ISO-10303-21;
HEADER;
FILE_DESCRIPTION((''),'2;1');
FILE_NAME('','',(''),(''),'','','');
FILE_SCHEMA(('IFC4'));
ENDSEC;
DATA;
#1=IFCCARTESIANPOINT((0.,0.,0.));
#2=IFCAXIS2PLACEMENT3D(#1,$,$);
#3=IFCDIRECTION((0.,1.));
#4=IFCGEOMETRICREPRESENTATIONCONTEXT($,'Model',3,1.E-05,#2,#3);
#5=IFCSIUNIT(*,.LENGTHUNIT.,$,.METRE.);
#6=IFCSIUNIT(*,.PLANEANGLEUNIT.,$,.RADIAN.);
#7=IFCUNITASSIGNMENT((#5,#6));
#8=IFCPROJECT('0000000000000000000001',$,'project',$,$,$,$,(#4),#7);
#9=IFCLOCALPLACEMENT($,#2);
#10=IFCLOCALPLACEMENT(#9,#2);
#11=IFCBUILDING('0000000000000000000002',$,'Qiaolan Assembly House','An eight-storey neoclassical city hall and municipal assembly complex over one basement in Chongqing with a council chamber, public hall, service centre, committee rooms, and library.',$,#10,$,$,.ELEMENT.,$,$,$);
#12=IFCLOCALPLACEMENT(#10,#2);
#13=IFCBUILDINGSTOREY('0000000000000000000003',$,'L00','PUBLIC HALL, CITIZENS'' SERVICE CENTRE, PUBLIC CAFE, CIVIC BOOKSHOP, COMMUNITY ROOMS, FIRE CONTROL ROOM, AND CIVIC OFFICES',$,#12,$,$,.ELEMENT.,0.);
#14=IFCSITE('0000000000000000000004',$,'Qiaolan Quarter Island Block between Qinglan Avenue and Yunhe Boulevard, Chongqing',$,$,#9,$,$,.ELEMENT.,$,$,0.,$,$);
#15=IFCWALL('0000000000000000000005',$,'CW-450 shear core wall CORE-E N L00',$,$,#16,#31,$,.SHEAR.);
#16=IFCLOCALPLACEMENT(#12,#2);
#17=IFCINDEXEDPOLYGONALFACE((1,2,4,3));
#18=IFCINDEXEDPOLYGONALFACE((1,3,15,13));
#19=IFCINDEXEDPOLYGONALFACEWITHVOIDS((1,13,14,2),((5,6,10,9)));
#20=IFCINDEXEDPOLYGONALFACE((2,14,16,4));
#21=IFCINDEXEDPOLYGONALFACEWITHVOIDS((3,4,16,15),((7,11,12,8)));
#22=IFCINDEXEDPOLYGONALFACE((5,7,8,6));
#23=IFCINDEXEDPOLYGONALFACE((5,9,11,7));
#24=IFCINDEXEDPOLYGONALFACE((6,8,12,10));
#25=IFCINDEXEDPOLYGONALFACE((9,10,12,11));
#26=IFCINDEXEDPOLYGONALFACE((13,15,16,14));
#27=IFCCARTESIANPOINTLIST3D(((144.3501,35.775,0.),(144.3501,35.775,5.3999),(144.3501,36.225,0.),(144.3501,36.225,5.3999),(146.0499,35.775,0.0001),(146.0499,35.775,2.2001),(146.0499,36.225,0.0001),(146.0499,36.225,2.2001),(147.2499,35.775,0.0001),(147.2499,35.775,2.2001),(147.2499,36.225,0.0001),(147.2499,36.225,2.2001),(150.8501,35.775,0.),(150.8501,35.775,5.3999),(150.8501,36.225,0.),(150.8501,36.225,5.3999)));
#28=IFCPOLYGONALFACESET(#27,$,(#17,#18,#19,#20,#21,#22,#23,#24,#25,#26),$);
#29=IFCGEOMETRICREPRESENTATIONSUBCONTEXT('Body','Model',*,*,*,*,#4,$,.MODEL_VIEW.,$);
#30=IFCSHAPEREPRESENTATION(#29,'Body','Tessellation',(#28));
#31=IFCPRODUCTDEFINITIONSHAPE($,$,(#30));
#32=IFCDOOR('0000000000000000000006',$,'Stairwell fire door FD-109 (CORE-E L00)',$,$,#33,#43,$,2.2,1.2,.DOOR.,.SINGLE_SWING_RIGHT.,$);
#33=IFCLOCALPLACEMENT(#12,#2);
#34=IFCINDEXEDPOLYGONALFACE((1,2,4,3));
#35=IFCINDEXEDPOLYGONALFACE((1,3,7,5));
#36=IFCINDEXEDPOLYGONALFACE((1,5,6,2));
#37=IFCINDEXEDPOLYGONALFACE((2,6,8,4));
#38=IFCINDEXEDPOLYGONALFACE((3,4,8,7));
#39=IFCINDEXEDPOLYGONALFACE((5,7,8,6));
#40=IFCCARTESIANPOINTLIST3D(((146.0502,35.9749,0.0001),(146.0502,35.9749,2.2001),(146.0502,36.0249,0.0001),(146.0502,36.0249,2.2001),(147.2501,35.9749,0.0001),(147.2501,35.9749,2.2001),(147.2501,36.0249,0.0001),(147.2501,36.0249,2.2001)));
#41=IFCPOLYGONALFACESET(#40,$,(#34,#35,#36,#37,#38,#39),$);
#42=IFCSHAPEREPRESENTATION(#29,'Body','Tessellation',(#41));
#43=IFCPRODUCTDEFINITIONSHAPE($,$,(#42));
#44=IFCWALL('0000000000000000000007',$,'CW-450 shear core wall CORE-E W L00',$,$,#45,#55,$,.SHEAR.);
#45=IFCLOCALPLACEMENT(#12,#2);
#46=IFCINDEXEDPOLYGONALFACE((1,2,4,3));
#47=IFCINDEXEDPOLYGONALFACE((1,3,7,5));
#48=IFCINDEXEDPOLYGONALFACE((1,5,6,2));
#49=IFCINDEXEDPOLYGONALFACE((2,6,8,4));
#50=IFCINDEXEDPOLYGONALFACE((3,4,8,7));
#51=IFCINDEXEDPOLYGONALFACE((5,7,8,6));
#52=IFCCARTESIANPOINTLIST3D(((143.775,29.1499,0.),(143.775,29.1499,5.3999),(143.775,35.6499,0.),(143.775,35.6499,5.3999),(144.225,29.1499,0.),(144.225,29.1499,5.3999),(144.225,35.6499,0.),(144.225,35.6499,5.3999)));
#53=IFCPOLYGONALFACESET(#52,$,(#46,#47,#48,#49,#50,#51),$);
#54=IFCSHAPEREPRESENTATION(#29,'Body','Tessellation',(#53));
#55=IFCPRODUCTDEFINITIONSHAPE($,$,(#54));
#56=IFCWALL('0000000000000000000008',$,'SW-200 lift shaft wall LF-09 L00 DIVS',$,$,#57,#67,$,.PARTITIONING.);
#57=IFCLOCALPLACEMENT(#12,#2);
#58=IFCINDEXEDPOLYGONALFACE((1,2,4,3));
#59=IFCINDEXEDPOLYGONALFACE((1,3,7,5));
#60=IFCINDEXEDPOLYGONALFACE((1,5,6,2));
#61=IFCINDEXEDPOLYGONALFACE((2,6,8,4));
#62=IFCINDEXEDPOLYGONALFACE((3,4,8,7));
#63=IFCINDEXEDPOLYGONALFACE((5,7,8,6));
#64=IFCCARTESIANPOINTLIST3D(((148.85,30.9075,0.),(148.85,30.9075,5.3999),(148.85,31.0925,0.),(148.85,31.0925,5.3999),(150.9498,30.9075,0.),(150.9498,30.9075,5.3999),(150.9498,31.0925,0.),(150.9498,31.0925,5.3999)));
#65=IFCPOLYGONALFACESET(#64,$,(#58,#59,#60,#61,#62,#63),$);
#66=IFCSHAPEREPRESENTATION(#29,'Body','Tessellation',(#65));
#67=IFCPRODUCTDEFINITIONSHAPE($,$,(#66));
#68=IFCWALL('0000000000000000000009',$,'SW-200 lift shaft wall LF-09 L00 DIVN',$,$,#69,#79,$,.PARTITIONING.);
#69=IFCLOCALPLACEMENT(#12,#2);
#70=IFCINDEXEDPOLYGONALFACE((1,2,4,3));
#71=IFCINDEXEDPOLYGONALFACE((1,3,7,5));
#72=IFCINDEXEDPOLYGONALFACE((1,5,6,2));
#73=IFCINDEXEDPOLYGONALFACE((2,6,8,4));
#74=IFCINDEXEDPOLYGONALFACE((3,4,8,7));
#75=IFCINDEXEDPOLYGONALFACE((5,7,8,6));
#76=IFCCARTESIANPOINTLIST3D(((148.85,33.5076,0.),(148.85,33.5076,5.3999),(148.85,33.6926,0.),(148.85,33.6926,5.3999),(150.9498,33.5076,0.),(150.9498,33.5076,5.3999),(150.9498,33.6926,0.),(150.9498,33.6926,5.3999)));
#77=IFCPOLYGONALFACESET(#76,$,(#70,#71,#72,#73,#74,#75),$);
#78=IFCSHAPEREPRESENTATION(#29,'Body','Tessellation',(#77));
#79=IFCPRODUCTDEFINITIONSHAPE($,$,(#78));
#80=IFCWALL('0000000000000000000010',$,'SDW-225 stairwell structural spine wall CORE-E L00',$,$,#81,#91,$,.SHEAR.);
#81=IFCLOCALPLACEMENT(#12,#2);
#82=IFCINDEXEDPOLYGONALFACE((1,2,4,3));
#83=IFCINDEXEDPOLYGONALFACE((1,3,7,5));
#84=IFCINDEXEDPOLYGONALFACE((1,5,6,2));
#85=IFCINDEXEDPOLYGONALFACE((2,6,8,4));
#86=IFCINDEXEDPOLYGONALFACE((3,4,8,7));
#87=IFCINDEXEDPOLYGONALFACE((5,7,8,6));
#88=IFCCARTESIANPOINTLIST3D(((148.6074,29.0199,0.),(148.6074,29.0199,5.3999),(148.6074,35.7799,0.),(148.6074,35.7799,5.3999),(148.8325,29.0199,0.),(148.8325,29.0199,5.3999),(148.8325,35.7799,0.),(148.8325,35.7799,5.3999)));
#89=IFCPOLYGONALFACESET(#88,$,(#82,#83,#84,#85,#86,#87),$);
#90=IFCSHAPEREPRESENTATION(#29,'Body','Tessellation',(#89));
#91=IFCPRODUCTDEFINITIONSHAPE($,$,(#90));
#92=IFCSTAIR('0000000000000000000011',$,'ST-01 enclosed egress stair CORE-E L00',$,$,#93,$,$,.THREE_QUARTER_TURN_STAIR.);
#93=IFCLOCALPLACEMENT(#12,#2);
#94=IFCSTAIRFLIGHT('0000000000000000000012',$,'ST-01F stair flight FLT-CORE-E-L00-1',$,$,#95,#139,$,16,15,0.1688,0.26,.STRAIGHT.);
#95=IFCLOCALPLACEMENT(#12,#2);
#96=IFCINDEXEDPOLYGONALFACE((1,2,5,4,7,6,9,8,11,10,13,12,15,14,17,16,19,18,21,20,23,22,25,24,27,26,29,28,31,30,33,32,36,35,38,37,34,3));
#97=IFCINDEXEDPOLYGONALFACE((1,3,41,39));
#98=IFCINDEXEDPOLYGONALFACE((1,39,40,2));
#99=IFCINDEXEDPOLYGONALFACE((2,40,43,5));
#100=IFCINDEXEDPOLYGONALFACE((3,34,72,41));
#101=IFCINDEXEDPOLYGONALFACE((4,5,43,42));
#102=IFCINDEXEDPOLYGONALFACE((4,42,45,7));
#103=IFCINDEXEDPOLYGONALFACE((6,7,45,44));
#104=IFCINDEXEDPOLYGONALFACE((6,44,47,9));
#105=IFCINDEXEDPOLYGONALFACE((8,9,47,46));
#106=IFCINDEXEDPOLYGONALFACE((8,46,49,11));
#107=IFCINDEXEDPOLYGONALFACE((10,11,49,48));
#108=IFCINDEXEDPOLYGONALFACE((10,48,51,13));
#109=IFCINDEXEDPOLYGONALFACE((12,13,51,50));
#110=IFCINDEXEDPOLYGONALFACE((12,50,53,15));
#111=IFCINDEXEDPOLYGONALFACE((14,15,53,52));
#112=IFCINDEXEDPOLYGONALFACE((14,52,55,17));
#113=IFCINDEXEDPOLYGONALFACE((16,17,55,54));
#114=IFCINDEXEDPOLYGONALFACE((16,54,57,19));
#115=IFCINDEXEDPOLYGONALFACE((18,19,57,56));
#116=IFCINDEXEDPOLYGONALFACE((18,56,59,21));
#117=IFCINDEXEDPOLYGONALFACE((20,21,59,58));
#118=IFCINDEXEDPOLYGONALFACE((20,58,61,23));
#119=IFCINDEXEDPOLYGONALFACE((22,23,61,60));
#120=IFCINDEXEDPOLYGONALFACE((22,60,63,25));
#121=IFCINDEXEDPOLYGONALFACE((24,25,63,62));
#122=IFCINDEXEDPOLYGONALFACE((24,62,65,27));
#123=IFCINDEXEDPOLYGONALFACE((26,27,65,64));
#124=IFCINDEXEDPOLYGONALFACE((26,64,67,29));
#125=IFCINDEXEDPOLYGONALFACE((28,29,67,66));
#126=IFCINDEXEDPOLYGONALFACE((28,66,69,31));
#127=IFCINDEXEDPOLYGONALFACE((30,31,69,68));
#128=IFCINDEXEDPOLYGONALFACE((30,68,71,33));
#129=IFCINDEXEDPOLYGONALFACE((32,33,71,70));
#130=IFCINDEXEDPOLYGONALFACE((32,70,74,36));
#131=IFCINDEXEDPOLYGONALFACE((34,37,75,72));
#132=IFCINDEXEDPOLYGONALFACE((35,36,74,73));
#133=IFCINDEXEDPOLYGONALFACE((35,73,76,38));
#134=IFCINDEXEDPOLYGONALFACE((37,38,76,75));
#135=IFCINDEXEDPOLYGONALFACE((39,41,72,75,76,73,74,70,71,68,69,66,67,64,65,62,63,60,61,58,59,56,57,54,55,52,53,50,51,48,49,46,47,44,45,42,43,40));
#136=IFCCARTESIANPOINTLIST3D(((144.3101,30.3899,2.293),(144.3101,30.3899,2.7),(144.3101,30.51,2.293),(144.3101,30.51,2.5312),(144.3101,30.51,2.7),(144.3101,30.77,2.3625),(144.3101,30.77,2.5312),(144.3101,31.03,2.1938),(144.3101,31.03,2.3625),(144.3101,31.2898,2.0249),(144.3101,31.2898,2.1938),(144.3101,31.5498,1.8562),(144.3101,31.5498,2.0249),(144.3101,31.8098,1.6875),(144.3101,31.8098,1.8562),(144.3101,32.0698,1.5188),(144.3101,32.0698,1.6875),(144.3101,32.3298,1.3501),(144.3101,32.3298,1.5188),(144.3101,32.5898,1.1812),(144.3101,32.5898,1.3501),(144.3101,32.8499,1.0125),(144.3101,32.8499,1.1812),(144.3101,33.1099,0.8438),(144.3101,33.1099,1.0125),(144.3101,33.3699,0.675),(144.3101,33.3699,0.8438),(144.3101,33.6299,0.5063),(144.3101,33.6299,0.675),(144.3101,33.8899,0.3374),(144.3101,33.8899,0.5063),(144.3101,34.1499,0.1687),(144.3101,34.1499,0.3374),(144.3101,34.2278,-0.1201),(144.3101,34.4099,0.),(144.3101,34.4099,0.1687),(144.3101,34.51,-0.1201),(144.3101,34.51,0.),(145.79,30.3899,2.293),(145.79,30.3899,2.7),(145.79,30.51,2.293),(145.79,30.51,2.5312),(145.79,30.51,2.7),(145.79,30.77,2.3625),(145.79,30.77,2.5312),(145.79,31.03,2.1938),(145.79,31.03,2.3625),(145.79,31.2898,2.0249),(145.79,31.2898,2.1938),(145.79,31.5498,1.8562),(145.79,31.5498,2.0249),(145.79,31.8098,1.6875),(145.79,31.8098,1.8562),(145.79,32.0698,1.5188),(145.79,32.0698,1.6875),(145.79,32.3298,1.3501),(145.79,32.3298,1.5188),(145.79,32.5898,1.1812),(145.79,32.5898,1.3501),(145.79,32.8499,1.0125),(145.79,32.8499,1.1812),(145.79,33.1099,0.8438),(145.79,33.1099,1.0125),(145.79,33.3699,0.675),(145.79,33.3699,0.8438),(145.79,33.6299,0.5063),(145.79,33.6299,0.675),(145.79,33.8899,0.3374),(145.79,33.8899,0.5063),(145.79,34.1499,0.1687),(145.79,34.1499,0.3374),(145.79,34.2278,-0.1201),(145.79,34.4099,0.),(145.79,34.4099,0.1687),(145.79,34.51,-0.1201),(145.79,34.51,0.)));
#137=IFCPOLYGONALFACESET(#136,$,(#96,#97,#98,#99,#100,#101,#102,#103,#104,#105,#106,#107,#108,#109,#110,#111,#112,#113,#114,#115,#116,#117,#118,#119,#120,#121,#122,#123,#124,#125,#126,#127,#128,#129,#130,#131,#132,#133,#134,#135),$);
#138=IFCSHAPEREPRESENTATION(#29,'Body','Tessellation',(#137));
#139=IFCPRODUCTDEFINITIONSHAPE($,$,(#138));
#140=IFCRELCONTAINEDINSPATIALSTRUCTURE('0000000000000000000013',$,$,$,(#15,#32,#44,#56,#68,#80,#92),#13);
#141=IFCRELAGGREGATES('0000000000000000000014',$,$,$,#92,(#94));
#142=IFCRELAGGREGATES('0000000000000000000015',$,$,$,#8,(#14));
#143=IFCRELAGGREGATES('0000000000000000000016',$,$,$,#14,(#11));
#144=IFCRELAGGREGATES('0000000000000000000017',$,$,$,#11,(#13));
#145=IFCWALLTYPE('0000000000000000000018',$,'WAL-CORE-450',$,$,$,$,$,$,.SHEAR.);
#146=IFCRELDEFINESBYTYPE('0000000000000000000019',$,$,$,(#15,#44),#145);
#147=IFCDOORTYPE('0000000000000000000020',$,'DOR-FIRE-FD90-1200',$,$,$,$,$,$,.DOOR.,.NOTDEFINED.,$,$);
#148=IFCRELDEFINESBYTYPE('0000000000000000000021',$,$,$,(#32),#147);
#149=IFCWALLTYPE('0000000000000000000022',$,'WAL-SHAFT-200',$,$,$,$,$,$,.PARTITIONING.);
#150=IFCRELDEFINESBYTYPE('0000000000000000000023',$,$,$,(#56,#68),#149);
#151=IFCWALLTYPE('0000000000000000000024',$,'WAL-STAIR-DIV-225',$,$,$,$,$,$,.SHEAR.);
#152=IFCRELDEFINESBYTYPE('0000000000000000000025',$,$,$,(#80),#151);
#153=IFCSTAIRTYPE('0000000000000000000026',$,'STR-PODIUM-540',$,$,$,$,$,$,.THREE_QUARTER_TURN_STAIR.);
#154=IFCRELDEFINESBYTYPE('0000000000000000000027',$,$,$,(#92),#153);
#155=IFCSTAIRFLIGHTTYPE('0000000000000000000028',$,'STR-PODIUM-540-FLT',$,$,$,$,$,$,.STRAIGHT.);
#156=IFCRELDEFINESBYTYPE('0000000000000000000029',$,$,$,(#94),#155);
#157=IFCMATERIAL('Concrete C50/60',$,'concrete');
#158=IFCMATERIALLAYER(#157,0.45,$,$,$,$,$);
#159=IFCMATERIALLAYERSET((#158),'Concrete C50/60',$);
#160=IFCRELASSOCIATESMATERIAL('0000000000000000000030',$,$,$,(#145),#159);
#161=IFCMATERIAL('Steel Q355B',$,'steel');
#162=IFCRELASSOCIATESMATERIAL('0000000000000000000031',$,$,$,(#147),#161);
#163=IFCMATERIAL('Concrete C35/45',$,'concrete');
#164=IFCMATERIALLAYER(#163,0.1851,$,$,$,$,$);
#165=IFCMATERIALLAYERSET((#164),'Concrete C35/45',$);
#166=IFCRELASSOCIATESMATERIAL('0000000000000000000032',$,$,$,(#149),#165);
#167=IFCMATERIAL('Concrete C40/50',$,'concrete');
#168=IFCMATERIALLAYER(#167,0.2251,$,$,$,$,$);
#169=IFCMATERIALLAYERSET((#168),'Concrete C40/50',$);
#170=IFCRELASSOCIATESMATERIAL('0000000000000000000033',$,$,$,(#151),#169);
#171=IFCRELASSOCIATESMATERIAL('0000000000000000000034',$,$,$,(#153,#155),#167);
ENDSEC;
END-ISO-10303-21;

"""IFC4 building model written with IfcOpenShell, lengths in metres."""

from ifc_helpers import new_model, si_unit, direction, frame, frame_2d, origin, place, context, subcontext, project, spatial, polyline, rectangle, outline, extrude, material, layer, layer_set, type_object, element, fill, aggregate, save


model = new_model("IFC4")

# Units and contexts
model_context = context("Model", 3, precision=1e-05, world=origin(), true_north=direction((0.0, 1.0)))
body_context = subcontext(model_context, "Body", "Model", "MODEL_VIEW")
ifc_project = project(units=[si_unit("LENGTHUNIT", "METRE"), si_unit("PLANEANGLEUNIT", "RADIAN")], contexts=[model_context])

# Site, building, storey
site_placement = place(None, origin())
site = spatial("IfcSite", under=ifc_project, at=site_placement, Name="Qiaolan Quarter Island Block between Qinglan Avenue and Yunhe Boulevard, Chongqing", CompositionType="ELEMENT", RefElevation=0.0)
building_placement = place(site_placement, origin())
building = spatial("IfcBuilding", under=site, at=building_placement, Name="Qiaolan Assembly House", Description="An eight-storey neoclassical city hall and municipal assembly complex over one basement in Chongqing with a council chamber, public hall, service centre, committee rooms, and library.", CompositionType="ELEMENT")
storey_placement = place(building_placement, origin())
storey = spatial("IfcBuildingStorey", under=building, at=storey_placement, Name="L00", Description="PUBLIC HALL, CITIZENS' SERVICE CENTRE, PUBLIC CAFE, CIVIC BOOKSHOP, COMMUNITY ROOMS, FIRE CONTROL ROOM, AND CIVIC OFFICES", CompositionType="ELEMENT", Elevation=0.0)

# Shared definitions
ifc_material_1 = material(Name="Concrete C50/60", Category="concrete")

# Shared definitions
ifc_material_2 = material(Name="Concrete C40/50", Category="concrete")

# Shared definitions
ifc_layer_1 = layer(ifc_material_1, 0.45)
ifc_layer_set_1 = layer_set([ifc_layer_1], Name="Concrete C50/60")
wall_type_1 = type_object("IfcWallType", Name="WAL-CORE-450", PredefinedType="SHEAR", material=ifc_layer_set_1)

# Wall, opening, door
wall_1_placement = place(storey_placement, frame((150.8501, 36.0, 0.0), z_axis=(0.0, 0.0, 1.0), x_axis=(-1.0, 0.0, 0.0)))
wall_1 = element("IfcWall", 1, at=wall_1_placement, inside=storey, type_object=wall_type_1, Name="CW-450 shear core wall CORE-E N L00", PredefinedType="SHEAR", context=body_context, shape_type="SweptSolid", body=[
    extrude(rectangle(XDim=6.5, YDim=0.45, at=frame_2d((3.25, 0.0))), origin(), (0.0, 0.0, 1.0), 5.3999),
])
opening_1_placement = place(wall_1_placement, frame((3.6001, 0.0, 0.0)))
opening_1 = element("IfcOpeningElement", 2, at=opening_1_placement, cuts=wall_1, PredefinedType="OPENING", context=body_context, shape_type="SweptSolid", body=[
    extrude(rectangle(XDim=1.2, YDim=2.2, at=frame_2d((0.6001, 1.1001))), frame((0.0, 0.2349, 0.0), z_axis=(0.0, -1.0, 0.0), x_axis=(1.0, 0.0, 0.0)), (0.0, 0.0, 1.0), 0.47),
])
ifc_material_3 = material(Name="Steel Q355B", Category="steel")
door_type_1 = type_object("IfcDoorType", Name="DOR-FIRE-FD90-1200", OperationType="NOTDEFINED", PredefinedType="DOOR", material=ifc_material_3)
door_1_placement = place(opening_1_placement, frame((1.2, 0.0, 0.0), z_axis=(0.0, 0.0, 1.0), x_axis=(-1.0, 0.0, 0.0)))
door_1 = element("IfcDoor", 3, at=door_1_placement, inside=storey, type_object=door_type_1, Name="Stairwell fire door FD-109 (CORE-E L00)", OperationType="SINGLE_SWING_RIGHT", OverallHeight=2.2, OverallWidth=1.2, PredefinedType="DOOR", context=body_context, shape_type="SweptSolid", body=[
    extrude(rectangle(XDim=1.2, YDim=2.2, at=frame_2d((0.6001, 1.1001))), frame((0.0, 0.0249, 0.0), z_axis=(0.0, -1.0, 0.0), x_axis=(1.0, 0.0, 0.0)), (0.0, 0.0, 1.0), 0.05),
])
fill(opening_1, door_1)

# Walls
wall_2_placement = place(storey_placement, frame((144.0, 35.6499, 0.0), z_axis=(0.0, 0.0, 1.0), x_axis=(0.0, -1.0, 0.0)))
element("IfcWall", 4, at=wall_2_placement, inside=storey, type_object=wall_type_1, Name="CW-450 shear core wall CORE-E W L00", PredefinedType="SHEAR", context=body_context, shape_type="SweptSolid", body=[
    extrude(rectangle(XDim=6.5, YDim=0.45, at=frame_2d((3.25, 0.0))), origin(), (0.0, 0.0, 1.0), 5.3999),
])
ifc_material_4 = material(Name="Concrete C35/45", Category="concrete")
ifc_layer_2 = layer(ifc_material_4, 0.1851)
ifc_layer_set_2 = layer_set([ifc_layer_2], Name="Concrete C35/45")
wall_type_2 = type_object("IfcWallType", Name="WAL-SHAFT-200", PredefinedType="PARTITIONING", material=ifc_layer_set_2)
for number, where, z_axis, x_axis, name in (
    (5, (148.8501, 31.0, 0.0), (0.0, 0.0, 1.0), (1.0, 0.0, 0.0), "SW-200 lift shaft wall LF-09 L00 DIVS"),
    (6, (148.8501, 33.6001, 0.0), (0.0, 0.0, 1.0), (1.0, 0.0, 0.0), "SW-200 lift shaft wall LF-09 L00 DIVN"),
):
    element("IfcWall", number, at=place(storey_placement, frame(where, z_axis=z_axis, x_axis=x_axis)), inside=storey, type_object=wall_type_2, Name=name, PredefinedType="PARTITIONING", context=body_context, shape_type="SweptSolid", body=[
        extrude(rectangle(XDim=2.0999, YDim=0.1851, at=frame_2d((1.0498, 0.0))), origin(), (0.0, 0.0, 1.0), 5.3999),
    ])
ifc_layer_3 = layer(ifc_material_2, 0.2251)
ifc_layer_set_3 = layer_set([ifc_layer_3], Name="Concrete C40/50")
wall_type_3 = type_object("IfcWallType", Name="WAL-STAIR-DIV-225", PredefinedType="SHEAR", material=ifc_layer_set_3)
wall_3_placement = place(storey_placement, frame((148.72, 29.02, 0.0), z_axis=(0.0, 0.0, 1.0), x_axis=(0.0, 1.0, 0.0)))
element("IfcWall", 7, at=wall_3_placement, inside=storey, type_object=wall_type_3, Name="SDW-225 stairwell structural spine wall CORE-E L00", PredefinedType="SHEAR", context=body_context, shape_type="SweptSolid", body=[
    extrude(rectangle(XDim=6.76, YDim=0.2251, at=frame_2d((3.3799, 0.0))), origin(), (0.0, 0.0, 1.0), 5.3999),
])

# Stair, stair flight
stair_type = type_object("IfcStairType", Name="STR-PODIUM-540", PredefinedType="THREE_QUARTER_TURN_STAIR", material=ifc_material_2)
stair_placement = place(storey_placement, origin())
stair = element("IfcStair", 8, at=stair_placement, inside=storey, type_object=stair_type, Name="ST-01 enclosed egress stair CORE-E L00", PredefinedType="THREE_QUARTER_TURN_STAIR")
stair_flight_type = type_object("IfcStairFlightType", Name="STR-PODIUM-540-FLT", PredefinedType="STRAIGHT", material=ifc_material_2)
stair_flight_1_placement = place(storey_placement, frame((145.05, 34.4099, 0.0), z_axis=(0.0, 0.0, 1.0), x_axis=(0.0, -1.0, 0.0)))
stair_flight_1 = element("IfcStairFlight", 9, at=stair_flight_1_placement, type_object=stair_flight_type, Name="ST-01F stair flight FLT-CORE-E-L00-1", NumberOfRisers=16, NumberOfTreads=15, PredefinedType="STRAIGHT", RiserHeight=0.1688, TreadLength=0.26, context=body_context, shape_type="SweptSolid", body=[
    extrude(outline(polyline([(-0.1001, -0.1201), (-0.1001, 0.0), (0.0, 0.0), (0.0, 0.1687), (0.26, 0.1687), (0.26, 0.3374), (0.52, 0.3374), (0.52, 0.5063), (0.78, 0.5063), (0.78, 0.675), (1.04, 0.675), (1.04, 0.8438), (1.3, 0.8438), (1.3, 1.0125), (1.5601, 1.0125), (1.5601, 1.1812), (1.8201, 1.1812), (1.8201, 1.3501), (2.0801, 1.3501), (2.0801, 1.5188), (2.3401, 1.5188), (2.3401, 1.6875), (2.6001, 1.6875), (2.6001, 1.8562), (2.8601, 1.8562), (2.8601, 2.0249), (3.1201, 2.0249), (3.1201, 2.1938), (3.3799, 2.1938), (3.3799, 2.3625), (3.6399, 2.3625), (3.6399, 2.5312), (3.8999, 2.5312), (3.8999, 2.7), (4.02, 2.7), (4.02, 2.293), (3.8999, 2.293), (0.1821, -0.1201), (-0.1001, -0.1201)])), frame((0.0, 0.74, 0.0), z_axis=(0.0, -1.0, 0.0), x_axis=(1.0, 0.0, 0.0)), (0.0, 0.0, 1.0), 1.48),
])
aggregate(stair, [stair_flight_1])

save(model, "model.ifc")
